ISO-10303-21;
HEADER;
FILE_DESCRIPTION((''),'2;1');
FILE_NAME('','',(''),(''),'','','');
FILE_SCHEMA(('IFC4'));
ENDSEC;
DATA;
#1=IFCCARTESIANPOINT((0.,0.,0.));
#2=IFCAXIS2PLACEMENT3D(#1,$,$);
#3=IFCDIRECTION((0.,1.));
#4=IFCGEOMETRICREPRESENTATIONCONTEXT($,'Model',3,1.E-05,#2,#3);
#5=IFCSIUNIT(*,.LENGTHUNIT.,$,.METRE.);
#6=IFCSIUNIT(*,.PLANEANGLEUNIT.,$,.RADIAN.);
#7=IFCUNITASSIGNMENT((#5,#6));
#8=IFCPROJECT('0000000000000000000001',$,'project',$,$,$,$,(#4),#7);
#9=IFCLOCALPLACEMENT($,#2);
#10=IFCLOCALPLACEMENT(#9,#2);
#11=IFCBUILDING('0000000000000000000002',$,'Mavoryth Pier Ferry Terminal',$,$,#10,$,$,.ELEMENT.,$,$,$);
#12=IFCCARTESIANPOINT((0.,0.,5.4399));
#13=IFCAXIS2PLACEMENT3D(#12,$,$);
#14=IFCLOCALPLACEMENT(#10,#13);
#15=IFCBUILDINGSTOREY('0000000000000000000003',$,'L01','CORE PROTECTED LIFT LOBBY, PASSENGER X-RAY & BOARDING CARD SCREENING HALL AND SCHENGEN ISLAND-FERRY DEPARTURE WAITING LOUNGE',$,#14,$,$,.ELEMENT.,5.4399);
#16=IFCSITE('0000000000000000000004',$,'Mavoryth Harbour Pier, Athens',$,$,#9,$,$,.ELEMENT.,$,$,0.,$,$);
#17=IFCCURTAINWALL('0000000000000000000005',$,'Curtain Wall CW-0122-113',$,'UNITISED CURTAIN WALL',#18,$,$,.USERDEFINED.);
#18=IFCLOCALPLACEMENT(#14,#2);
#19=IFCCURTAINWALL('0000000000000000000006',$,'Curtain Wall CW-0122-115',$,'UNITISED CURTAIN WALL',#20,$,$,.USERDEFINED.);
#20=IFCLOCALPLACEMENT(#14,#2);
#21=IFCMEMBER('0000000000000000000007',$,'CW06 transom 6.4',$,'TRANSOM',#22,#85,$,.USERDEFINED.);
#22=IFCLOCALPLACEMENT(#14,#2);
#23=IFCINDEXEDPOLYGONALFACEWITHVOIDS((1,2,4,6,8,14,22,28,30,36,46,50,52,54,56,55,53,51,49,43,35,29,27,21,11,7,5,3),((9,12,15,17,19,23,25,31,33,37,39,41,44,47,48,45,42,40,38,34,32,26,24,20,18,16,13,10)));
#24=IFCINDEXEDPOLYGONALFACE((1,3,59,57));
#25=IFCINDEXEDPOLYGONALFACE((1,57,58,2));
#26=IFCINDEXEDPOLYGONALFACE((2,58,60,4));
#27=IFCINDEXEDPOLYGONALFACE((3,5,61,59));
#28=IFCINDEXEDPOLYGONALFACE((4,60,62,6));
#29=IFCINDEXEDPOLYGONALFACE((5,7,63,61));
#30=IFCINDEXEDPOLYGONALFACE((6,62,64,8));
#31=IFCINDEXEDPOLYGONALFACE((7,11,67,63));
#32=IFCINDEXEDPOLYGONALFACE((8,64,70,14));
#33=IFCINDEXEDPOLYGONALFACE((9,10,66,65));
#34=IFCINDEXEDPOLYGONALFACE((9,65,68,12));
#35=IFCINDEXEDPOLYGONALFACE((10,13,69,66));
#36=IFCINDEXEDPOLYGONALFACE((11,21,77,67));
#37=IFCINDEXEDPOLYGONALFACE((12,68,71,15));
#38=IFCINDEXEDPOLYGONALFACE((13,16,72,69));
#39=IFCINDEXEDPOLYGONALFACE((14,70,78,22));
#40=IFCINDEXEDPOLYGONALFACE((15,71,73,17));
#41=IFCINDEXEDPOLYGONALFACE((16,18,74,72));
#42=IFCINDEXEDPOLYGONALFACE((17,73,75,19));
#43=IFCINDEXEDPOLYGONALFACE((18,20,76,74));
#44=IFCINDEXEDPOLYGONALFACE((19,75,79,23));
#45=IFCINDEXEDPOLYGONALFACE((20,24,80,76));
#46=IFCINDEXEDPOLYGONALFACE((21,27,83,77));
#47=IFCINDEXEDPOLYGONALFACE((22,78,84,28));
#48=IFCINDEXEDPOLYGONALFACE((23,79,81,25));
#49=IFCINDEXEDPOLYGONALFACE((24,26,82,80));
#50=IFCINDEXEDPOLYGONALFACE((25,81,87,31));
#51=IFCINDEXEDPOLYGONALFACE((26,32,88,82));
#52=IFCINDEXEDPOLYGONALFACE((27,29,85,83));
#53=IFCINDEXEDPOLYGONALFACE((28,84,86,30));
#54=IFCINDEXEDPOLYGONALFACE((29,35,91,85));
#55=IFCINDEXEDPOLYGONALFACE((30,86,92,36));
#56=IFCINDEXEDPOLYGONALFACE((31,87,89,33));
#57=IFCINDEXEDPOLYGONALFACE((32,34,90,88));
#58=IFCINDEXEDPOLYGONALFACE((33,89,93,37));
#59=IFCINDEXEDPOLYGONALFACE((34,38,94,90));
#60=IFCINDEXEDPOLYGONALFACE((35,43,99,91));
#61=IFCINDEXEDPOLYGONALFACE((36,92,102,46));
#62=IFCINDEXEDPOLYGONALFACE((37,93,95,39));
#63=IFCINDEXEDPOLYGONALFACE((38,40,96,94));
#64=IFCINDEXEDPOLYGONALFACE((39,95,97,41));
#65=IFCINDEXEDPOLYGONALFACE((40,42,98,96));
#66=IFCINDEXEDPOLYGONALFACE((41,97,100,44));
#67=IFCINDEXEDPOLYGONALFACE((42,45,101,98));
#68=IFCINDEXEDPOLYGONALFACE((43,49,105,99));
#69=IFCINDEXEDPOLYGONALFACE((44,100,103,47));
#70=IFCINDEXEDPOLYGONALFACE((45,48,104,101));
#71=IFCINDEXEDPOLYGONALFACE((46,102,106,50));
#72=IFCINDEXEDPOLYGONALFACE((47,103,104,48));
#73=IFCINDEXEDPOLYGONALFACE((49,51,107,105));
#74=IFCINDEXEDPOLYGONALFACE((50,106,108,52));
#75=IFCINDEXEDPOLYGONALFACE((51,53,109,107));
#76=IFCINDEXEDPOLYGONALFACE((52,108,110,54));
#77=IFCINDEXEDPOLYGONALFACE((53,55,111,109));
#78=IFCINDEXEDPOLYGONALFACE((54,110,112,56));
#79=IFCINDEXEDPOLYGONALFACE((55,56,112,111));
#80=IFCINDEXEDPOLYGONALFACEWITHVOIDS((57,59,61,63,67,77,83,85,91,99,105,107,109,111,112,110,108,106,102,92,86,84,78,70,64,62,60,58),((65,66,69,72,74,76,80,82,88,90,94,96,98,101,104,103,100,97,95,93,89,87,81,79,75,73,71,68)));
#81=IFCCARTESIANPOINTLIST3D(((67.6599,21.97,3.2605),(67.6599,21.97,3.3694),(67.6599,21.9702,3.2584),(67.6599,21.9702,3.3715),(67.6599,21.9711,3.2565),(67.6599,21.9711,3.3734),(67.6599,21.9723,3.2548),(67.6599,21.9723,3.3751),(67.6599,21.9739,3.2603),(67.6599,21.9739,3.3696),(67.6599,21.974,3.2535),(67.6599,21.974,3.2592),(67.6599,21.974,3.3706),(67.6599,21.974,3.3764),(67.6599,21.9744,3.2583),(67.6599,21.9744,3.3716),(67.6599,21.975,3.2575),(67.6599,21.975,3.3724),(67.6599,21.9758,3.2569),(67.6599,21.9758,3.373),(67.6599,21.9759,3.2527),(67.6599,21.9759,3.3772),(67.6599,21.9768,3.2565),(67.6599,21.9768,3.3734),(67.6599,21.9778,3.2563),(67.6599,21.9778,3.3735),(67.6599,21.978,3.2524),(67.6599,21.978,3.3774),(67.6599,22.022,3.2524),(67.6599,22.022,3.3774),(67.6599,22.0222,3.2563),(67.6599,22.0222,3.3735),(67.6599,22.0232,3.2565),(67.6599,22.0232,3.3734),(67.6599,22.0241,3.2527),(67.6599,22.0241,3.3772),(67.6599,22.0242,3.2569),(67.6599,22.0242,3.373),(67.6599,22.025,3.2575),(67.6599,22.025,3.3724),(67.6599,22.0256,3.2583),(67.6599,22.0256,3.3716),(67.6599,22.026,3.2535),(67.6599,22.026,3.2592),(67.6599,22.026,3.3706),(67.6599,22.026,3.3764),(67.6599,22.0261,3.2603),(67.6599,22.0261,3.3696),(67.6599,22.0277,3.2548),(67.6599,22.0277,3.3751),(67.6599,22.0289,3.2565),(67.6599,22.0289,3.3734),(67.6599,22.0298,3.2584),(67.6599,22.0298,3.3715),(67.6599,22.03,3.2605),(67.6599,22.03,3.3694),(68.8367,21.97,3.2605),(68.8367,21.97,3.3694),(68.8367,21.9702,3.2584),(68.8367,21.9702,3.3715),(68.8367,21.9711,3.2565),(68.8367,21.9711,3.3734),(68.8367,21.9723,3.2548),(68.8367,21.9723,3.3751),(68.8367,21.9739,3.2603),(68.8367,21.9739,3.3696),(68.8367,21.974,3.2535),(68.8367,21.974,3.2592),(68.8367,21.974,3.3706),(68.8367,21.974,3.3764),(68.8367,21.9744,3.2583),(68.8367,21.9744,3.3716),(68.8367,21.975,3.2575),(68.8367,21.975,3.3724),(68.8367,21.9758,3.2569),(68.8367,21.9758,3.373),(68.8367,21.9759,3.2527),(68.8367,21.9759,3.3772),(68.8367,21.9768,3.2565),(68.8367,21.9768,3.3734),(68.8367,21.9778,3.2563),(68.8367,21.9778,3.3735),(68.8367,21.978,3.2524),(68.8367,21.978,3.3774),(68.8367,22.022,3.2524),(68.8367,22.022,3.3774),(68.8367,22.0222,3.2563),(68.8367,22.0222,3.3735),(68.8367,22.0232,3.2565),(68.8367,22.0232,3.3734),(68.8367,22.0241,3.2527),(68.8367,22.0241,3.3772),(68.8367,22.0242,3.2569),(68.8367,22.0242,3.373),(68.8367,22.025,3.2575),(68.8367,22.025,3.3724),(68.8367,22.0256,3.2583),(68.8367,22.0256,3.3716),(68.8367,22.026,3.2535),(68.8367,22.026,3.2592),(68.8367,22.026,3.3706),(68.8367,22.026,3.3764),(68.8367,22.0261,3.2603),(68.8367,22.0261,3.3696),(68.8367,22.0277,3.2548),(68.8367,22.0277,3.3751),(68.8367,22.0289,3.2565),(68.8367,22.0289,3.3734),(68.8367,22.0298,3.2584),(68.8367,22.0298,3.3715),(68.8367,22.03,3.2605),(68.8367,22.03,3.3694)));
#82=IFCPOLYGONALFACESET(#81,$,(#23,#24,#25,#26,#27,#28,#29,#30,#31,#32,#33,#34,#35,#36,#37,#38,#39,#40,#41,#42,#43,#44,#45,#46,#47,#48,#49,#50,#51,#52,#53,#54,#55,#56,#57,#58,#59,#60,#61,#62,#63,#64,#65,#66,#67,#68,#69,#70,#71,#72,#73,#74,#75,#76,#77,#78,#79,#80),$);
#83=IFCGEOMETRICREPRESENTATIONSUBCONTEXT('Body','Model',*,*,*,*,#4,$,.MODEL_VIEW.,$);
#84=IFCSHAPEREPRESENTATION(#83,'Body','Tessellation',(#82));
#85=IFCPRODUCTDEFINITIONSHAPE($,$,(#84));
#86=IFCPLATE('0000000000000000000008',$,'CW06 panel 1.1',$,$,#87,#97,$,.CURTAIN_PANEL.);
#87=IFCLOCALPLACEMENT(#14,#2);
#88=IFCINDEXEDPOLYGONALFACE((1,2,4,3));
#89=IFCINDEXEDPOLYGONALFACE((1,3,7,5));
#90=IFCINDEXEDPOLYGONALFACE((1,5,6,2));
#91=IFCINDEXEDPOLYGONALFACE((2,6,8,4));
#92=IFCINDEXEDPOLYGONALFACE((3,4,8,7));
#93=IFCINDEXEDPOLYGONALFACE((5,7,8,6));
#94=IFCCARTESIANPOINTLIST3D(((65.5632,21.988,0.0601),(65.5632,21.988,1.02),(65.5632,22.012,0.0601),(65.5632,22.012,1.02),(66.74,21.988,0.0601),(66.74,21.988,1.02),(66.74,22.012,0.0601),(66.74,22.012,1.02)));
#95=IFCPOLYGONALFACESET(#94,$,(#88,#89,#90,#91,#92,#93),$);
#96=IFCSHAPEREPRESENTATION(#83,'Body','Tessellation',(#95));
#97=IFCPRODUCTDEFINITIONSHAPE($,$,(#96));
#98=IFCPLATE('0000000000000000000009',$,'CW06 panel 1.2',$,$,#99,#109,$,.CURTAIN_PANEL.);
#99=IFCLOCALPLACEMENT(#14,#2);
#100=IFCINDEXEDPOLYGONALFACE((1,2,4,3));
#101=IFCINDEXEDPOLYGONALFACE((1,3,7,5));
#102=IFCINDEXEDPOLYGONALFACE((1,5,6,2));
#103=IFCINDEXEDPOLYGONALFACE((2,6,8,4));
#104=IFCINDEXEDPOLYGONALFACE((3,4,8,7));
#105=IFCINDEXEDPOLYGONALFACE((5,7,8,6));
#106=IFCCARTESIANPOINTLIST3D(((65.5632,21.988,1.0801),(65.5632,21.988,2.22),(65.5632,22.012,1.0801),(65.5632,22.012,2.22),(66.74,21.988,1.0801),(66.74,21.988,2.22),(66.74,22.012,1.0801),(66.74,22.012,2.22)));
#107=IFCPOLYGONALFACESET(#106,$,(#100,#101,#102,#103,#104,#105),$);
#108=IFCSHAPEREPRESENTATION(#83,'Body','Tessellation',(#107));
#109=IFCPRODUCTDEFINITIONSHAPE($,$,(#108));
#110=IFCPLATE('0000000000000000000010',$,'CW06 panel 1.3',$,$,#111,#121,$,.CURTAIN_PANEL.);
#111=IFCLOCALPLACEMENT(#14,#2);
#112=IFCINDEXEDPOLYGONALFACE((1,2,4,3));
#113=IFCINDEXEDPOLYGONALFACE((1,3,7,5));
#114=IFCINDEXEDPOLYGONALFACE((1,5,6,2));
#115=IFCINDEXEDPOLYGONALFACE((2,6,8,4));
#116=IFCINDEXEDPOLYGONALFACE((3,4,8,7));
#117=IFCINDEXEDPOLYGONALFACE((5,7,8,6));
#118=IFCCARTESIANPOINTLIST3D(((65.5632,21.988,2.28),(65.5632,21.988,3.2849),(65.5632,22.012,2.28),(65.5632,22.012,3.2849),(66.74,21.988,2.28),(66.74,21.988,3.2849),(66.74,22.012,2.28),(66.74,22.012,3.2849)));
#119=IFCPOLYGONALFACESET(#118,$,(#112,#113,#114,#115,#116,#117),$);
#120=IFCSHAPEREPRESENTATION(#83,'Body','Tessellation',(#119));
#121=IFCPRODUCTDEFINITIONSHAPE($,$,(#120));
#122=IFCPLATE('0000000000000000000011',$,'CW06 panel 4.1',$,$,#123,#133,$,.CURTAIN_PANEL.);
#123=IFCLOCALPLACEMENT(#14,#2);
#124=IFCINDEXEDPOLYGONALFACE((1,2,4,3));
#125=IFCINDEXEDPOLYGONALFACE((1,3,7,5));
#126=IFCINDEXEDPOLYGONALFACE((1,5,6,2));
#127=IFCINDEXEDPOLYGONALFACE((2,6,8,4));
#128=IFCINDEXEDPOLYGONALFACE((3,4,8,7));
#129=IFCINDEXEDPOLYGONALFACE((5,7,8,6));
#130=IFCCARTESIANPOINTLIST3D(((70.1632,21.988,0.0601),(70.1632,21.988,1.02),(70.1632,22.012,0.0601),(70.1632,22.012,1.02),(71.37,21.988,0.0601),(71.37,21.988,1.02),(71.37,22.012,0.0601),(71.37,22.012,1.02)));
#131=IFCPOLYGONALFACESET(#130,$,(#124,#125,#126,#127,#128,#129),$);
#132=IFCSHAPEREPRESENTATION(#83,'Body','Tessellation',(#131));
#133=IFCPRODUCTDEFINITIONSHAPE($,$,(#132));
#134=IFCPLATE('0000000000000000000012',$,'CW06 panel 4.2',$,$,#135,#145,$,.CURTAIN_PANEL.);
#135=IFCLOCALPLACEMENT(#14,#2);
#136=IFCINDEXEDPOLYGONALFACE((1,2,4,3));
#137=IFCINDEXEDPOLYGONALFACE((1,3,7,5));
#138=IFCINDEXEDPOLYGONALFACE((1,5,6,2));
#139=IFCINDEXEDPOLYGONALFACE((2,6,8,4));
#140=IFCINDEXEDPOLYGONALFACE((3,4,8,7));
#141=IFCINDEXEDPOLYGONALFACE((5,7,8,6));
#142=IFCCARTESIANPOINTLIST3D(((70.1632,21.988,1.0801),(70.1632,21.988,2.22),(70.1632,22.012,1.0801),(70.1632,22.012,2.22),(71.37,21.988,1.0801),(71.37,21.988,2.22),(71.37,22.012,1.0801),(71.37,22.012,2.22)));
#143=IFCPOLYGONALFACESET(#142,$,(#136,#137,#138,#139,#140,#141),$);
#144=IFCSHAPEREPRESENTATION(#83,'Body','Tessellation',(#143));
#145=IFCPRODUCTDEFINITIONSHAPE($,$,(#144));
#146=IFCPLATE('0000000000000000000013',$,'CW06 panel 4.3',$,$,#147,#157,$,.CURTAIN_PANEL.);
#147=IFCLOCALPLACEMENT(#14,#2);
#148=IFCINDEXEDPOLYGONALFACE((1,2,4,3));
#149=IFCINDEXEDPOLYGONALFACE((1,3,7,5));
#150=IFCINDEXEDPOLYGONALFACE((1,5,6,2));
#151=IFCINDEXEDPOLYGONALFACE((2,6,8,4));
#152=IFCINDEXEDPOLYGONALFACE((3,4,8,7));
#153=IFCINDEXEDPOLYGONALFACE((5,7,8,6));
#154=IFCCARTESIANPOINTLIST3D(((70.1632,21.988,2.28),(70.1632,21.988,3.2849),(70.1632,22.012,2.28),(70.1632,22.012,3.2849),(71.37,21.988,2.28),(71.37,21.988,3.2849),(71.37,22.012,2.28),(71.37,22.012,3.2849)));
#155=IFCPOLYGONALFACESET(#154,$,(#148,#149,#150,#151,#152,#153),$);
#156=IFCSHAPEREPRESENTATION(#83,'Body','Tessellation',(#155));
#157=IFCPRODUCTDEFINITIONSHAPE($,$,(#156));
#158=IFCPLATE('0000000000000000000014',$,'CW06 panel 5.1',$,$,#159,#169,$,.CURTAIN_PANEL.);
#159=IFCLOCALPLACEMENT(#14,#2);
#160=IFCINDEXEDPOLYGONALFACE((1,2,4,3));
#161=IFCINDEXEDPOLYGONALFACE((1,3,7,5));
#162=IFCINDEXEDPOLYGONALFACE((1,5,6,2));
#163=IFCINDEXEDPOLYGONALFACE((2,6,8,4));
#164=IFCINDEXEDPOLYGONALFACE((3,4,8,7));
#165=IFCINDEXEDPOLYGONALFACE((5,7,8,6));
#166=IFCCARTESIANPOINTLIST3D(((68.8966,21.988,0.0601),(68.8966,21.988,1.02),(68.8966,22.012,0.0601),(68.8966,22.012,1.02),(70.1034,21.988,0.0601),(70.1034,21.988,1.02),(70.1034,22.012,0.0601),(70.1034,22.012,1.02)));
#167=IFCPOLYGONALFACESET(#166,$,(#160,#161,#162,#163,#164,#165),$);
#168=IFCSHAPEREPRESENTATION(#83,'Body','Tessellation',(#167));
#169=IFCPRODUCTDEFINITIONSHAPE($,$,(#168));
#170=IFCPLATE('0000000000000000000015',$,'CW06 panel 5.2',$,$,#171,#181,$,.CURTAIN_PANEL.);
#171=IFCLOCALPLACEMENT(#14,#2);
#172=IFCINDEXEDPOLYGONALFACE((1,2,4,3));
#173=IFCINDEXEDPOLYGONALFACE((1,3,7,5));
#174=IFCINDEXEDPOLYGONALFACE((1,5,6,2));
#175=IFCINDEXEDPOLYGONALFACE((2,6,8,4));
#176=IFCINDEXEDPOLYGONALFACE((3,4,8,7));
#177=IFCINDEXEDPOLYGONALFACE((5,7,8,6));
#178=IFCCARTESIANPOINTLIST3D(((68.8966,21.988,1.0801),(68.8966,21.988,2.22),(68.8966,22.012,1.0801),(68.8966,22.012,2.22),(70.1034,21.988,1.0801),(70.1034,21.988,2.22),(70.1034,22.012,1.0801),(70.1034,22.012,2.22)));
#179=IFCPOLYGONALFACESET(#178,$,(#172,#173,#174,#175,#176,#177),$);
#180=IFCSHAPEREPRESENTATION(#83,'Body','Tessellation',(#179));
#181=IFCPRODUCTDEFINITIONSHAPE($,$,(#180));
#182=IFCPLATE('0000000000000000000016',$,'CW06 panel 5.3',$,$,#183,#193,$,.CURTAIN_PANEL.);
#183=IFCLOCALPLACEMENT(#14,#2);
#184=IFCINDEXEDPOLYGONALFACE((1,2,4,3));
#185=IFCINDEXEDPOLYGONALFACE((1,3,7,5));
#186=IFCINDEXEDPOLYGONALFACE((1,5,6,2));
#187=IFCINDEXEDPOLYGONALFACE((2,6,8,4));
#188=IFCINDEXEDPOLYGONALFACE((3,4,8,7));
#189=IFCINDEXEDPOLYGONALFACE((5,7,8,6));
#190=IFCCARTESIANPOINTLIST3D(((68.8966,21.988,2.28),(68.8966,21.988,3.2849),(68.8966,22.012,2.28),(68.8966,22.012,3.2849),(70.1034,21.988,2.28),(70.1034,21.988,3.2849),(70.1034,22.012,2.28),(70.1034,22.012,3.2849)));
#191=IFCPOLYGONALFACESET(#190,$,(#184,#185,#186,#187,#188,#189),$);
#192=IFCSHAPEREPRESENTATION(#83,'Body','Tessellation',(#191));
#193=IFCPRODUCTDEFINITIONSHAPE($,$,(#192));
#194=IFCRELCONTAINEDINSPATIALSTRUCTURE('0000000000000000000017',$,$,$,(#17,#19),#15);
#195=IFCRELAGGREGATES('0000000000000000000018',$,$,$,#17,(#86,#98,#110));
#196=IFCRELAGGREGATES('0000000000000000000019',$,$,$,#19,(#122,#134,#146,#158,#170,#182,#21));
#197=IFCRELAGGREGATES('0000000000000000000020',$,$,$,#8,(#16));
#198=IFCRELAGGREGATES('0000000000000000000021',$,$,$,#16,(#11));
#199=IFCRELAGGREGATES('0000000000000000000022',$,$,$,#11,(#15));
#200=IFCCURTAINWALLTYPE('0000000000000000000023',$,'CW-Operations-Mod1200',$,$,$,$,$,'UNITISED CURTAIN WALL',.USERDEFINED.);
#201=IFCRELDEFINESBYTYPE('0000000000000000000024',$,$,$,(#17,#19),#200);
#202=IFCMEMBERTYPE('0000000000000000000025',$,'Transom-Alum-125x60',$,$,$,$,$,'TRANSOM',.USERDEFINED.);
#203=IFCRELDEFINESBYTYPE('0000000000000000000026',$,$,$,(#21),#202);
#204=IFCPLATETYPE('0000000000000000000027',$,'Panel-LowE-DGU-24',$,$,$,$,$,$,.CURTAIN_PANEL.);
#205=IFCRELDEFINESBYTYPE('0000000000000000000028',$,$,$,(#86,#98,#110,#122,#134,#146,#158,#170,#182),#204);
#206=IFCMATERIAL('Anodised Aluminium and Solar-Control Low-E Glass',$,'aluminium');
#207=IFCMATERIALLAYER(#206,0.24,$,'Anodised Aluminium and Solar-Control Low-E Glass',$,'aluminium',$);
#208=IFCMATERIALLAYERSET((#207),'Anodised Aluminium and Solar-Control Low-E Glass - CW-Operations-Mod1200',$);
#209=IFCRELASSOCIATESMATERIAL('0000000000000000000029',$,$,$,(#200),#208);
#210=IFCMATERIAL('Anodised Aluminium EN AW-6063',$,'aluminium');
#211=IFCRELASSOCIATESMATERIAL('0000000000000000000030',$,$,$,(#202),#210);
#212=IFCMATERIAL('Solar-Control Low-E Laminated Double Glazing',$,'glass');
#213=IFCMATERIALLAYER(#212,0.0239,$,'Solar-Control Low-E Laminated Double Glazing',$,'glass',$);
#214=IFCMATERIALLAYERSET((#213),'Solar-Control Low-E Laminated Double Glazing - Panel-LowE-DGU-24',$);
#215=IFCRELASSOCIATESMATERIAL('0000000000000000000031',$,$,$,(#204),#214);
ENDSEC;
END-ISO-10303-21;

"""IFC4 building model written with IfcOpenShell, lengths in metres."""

from ifc_helpers import new_model, si_unit, direction, frame, origin, origin_2d, place, context, subcontext, project, spatial, rectangle, hollow_rectangle, extrude, material, layer, layer_set, material_profile, profile_set, type_object, element, aggregate, save


model = new_model("IFC4")

# Units and contexts
model_context = context("Model", 3, precision=1e-05, world=origin(), true_north=direction((0.0, 1.0)))
body_context = subcontext(model_context, "Body", "Model", "MODEL_VIEW")
ifc_project = project(units=[si_unit("LENGTHUNIT", "METRE"), si_unit("PLANEANGLEUNIT", "RADIAN")], contexts=[model_context])

# Site, building, storey
site_placement = place(None, origin())
site = spatial("IfcSite", under=ifc_project, at=site_placement, Name="Mavoryth Harbour Pier, Athens", CompositionType="ELEMENT", RefElevation=0.0)
building_placement = place(site_placement, origin())
building = spatial("IfcBuilding", under=site, at=building_placement, Name="Mavoryth Pier Ferry Terminal", CompositionType="ELEMENT")
storey_placement = place(building_placement, frame((0.0, 0.0, 5.4399)))
storey = spatial("IfcBuildingStorey", under=building, at=storey_placement, Name="L01", Description="CORE PROTECTED LIFT LOBBY, PASSENGER X-RAY & BOARDING CARD SCREENING HALL AND SCHENGEN ISLAND-FERRY DEPARTURE WAITING LOUNGE", CompositionType="ELEMENT", Elevation=5.4399)

# Curtain walls
ifc_material_1 = material(Name="Anodised Aluminium and Solar-Control Low-E Glass", Category="aluminium")
ifc_layer_1 = layer(ifc_material_1, 0.24, Name="Anodised Aluminium and Solar-Control Low-E Glass", Category="aluminium")
ifc_layer_set_1 = layer_set([ifc_layer_1], Name="Anodised Aluminium and Solar-Control Low-E Glass - CW-Operations-Mod1200")
curtain_wall_type = type_object("IfcCurtainWallType", Name="CW-Operations-Mod1200", ElementType="UNITISED CURTAIN WALL", PredefinedType="USERDEFINED", material=ifc_layer_set_1)
curtain_wall_1_placement = place(storey_placement, origin())
curtain_wall_1 = element("IfcCurtainWall", 1, at=curtain_wall_1_placement, inside=storey, type_object=curtain_wall_type, Name="Curtain Wall CW-0122-113", ObjectType="UNITISED CURTAIN WALL", PredefinedType="USERDEFINED")
ifc_material_2 = material(Name="Anodised Aluminium EN AW-6063", Category="aluminium")
curtain_wall_2_placement = place(storey_placement, origin())
curtain_wall_2 = element("IfcCurtainWall", 2, at=curtain_wall_2_placement, inside=storey, type_object=curtain_wall_type, Name="Curtain Wall CW-0122-115", ObjectType="UNITISED CURTAIN WALL", PredefinedType="USERDEFINED")

# Member
ifc_material_profile_1 = material_profile(ifc_material_2, hollow_rectangle(XDim=0.0601, YDim=0.125, WallThickness=0.0039, InnerFilletRadius=0.0039, OuterFilletRadius=0.0081, at=origin_2d()), Name="AL-TRAN 125x60x4", Category="aluminium")
ifc_profile_set_1 = profile_set([ifc_material_profile_1], Name="Anodised Aluminium EN AW-6063 - AL-TRAN 125x60x4")
member_type_1 = type_object("IfcMemberType", Name="Transom-Alum-125x60", ElementType="TRANSOM", PredefinedType="USERDEFINED", material=ifc_profile_set_1)
member_1_placement = place(storey_placement, frame((68.8367, 22.0, 3.3149), z_axis=(-1.0, 0.0, 0.0), x_axis=(0.0, -1.0, 0.0)))
member_1 = element("IfcMember", 3, at=member_1_placement, type_object=member_type_1, Name="CW06 transom 6.4", ObjectType="TRANSOM", PredefinedType="USERDEFINED", context=body_context, shape_type="SweptSolid", body=[
    extrude(hollow_rectangle(XDim=0.0601, YDim=0.125, WallThickness=0.0039, InnerFilletRadius=0.0039, OuterFilletRadius=0.0081, at=origin_2d()), origin(), (0.0, 0.0, 1.0), 1.1768),
])

# Plates
ifc_material_3 = material(Name="Solar-Control Low-E Laminated Double Glazing", Category="glass")
ifc_layer_2 = layer(ifc_material_3, 0.0239, Name="Solar-Control Low-E Laminated Double Glazing", Category="glass")
ifc_layer_set_2 = layer_set([ifc_layer_2], Name="Solar-Control Low-E Laminated Double Glazing - Panel-LowE-DGU-24")
plate_type = type_object("IfcPlateType", Name="Panel-LowE-DGU-24", PredefinedType="CURTAIN_PANEL", material=ifc_layer_set_2)
plate_1_placement = place(storey_placement, frame((66.1516, 22.0, 0.0601), z_axis=(0.0, 0.0, 1.0), x_axis=(-1.0, 0.0, 0.0)))
plate_1 = element("IfcPlate", 4, at=plate_1_placement, type_object=plate_type, Name="CW06 panel 1.1", PredefinedType="CURTAIN_PANEL", context=body_context, shape_type="SweptSolid", body=[
    extrude(rectangle(XDim=1.1768, YDim=0.0239, at=origin_2d()), origin(), (0.0, 0.0, 1.0), 0.96),
])
plate_2_placement = place(storey_placement, frame((66.1516, 22.0, 1.0801), z_axis=(0.0, 0.0, 1.0), x_axis=(-1.0, 0.0, 0.0)))
plate_2 = element("IfcPlate", 5, at=plate_2_placement, type_object=plate_type, Name="CW06 panel 1.2", PredefinedType="CURTAIN_PANEL", context=body_context, shape_type="SweptSolid", body=[
    extrude(rectangle(XDim=1.1768, YDim=0.0239, at=origin_2d()), origin(), (0.0, 0.0, 1.0), 1.1399),
])
plate_3_placement = place(storey_placement, frame((66.1516, 22.0, 2.28), z_axis=(0.0, 0.0, 1.0), x_axis=(-1.0, 0.0, 0.0)))
plate_3 = element("IfcPlate", 6, at=plate_3_placement, type_object=plate_type, Name="CW06 panel 1.3", PredefinedType="CURTAIN_PANEL", context=body_context, shape_type="SweptSolid", body=[
    extrude(rectangle(XDim=1.1768, YDim=0.0239, at=origin_2d()), origin(), (0.0, 0.0, 1.0), 1.0049),
])
aggregate(curtain_wall_1, [plate_1, plate_2, plate_3])
plate_4_placement = place(storey_placement, frame((70.7666, 22.0, 0.0601), z_axis=(0.0, 0.0, 1.0), x_axis=(-1.0, 0.0, 0.0)))
plate_4 = element("IfcPlate", 7, at=plate_4_placement, type_object=plate_type, Name="CW06 panel 4.1", PredefinedType="CURTAIN_PANEL", context=body_context, shape_type="SweptSolid", body=[
    extrude(rectangle(XDim=1.2068, YDim=0.0239, at=origin_2d()), origin(), (0.0, 0.0, 1.0), 0.96),
])
plate_5_placement = place(storey_placement, frame((70.7666, 22.0, 1.0801), z_axis=(0.0, 0.0, 1.0), x_axis=(-1.0, 0.0, 0.0)))
plate_5 = element("IfcPlate", 8, at=plate_5_placement, type_object=plate_type, Name="CW06 panel 4.2", PredefinedType="CURTAIN_PANEL", context=body_context, shape_type="SweptSolid", body=[
    extrude(rectangle(XDim=1.2068, YDim=0.0239, at=origin_2d()), origin(), (0.0, 0.0, 1.0), 1.1399),
])
plate_6_placement = place(storey_placement, frame((70.7666, 22.0, 2.28), z_axis=(0.0, 0.0, 1.0), x_axis=(-1.0, 0.0, 0.0)))
plate_6 = element("IfcPlate", 9, at=plate_6_placement, type_object=plate_type, Name="CW06 panel 4.3", PredefinedType="CURTAIN_PANEL", context=body_context, shape_type="SweptSolid", body=[
    extrude(rectangle(XDim=1.2068, YDim=0.0239, at=origin_2d()), origin(), (0.0, 0.0, 1.0), 1.0049),
])
plate_7_placement = place(storey_placement, frame((69.5, 22.0, 0.0601), z_axis=(0.0, 0.0, 1.0), x_axis=(-1.0, 0.0, 0.0)))
plate_7 = element("IfcPlate", 10, at=plate_7_placement, type_object=plate_type, Name="CW06 panel 5.1", PredefinedType="CURTAIN_PANEL", context=body_context, shape_type="SweptSolid", body=[
    extrude(rectangle(XDim=1.2068, YDim=0.0239, at=origin_2d()), origin(), (0.0, 0.0, 1.0), 0.96),
])
plate_8_placement = place(storey_placement, frame((69.5, 22.0, 1.0801), z_axis=(0.0, 0.0, 1.0), x_axis=(-1.0, 0.0, 0.0)))
plate_8 = element("IfcPlate", 11, at=plate_8_placement, type_object=plate_type, Name="CW06 panel 5.2", PredefinedType="CURTAIN_PANEL", context=body_context, shape_type="SweptSolid", body=[
    extrude(rectangle(XDim=1.2068, YDim=0.0239, at=origin_2d()), origin(), (0.0, 0.0, 1.0), 1.1399),
])
plate_9_placement = place(storey_placement, frame((69.5, 22.0, 2.28), z_axis=(0.0, 0.0, 1.0), x_axis=(-1.0, 0.0, 0.0)))
plate_9 = element("IfcPlate", 12, at=plate_9_placement, type_object=plate_type, Name="CW06 panel 5.3", PredefinedType="CURTAIN_PANEL", context=body_context, shape_type="SweptSolid", body=[
    extrude(rectangle(XDim=1.2068, YDim=0.0239, at=origin_2d()), origin(), (0.0, 0.0, 1.0), 1.0049),
])
aggregate(curtain_wall_2, [plate_4, plate_5, plate_6, plate_7, plate_8, plate_9, member_1])

save(model, "model.ifc")
